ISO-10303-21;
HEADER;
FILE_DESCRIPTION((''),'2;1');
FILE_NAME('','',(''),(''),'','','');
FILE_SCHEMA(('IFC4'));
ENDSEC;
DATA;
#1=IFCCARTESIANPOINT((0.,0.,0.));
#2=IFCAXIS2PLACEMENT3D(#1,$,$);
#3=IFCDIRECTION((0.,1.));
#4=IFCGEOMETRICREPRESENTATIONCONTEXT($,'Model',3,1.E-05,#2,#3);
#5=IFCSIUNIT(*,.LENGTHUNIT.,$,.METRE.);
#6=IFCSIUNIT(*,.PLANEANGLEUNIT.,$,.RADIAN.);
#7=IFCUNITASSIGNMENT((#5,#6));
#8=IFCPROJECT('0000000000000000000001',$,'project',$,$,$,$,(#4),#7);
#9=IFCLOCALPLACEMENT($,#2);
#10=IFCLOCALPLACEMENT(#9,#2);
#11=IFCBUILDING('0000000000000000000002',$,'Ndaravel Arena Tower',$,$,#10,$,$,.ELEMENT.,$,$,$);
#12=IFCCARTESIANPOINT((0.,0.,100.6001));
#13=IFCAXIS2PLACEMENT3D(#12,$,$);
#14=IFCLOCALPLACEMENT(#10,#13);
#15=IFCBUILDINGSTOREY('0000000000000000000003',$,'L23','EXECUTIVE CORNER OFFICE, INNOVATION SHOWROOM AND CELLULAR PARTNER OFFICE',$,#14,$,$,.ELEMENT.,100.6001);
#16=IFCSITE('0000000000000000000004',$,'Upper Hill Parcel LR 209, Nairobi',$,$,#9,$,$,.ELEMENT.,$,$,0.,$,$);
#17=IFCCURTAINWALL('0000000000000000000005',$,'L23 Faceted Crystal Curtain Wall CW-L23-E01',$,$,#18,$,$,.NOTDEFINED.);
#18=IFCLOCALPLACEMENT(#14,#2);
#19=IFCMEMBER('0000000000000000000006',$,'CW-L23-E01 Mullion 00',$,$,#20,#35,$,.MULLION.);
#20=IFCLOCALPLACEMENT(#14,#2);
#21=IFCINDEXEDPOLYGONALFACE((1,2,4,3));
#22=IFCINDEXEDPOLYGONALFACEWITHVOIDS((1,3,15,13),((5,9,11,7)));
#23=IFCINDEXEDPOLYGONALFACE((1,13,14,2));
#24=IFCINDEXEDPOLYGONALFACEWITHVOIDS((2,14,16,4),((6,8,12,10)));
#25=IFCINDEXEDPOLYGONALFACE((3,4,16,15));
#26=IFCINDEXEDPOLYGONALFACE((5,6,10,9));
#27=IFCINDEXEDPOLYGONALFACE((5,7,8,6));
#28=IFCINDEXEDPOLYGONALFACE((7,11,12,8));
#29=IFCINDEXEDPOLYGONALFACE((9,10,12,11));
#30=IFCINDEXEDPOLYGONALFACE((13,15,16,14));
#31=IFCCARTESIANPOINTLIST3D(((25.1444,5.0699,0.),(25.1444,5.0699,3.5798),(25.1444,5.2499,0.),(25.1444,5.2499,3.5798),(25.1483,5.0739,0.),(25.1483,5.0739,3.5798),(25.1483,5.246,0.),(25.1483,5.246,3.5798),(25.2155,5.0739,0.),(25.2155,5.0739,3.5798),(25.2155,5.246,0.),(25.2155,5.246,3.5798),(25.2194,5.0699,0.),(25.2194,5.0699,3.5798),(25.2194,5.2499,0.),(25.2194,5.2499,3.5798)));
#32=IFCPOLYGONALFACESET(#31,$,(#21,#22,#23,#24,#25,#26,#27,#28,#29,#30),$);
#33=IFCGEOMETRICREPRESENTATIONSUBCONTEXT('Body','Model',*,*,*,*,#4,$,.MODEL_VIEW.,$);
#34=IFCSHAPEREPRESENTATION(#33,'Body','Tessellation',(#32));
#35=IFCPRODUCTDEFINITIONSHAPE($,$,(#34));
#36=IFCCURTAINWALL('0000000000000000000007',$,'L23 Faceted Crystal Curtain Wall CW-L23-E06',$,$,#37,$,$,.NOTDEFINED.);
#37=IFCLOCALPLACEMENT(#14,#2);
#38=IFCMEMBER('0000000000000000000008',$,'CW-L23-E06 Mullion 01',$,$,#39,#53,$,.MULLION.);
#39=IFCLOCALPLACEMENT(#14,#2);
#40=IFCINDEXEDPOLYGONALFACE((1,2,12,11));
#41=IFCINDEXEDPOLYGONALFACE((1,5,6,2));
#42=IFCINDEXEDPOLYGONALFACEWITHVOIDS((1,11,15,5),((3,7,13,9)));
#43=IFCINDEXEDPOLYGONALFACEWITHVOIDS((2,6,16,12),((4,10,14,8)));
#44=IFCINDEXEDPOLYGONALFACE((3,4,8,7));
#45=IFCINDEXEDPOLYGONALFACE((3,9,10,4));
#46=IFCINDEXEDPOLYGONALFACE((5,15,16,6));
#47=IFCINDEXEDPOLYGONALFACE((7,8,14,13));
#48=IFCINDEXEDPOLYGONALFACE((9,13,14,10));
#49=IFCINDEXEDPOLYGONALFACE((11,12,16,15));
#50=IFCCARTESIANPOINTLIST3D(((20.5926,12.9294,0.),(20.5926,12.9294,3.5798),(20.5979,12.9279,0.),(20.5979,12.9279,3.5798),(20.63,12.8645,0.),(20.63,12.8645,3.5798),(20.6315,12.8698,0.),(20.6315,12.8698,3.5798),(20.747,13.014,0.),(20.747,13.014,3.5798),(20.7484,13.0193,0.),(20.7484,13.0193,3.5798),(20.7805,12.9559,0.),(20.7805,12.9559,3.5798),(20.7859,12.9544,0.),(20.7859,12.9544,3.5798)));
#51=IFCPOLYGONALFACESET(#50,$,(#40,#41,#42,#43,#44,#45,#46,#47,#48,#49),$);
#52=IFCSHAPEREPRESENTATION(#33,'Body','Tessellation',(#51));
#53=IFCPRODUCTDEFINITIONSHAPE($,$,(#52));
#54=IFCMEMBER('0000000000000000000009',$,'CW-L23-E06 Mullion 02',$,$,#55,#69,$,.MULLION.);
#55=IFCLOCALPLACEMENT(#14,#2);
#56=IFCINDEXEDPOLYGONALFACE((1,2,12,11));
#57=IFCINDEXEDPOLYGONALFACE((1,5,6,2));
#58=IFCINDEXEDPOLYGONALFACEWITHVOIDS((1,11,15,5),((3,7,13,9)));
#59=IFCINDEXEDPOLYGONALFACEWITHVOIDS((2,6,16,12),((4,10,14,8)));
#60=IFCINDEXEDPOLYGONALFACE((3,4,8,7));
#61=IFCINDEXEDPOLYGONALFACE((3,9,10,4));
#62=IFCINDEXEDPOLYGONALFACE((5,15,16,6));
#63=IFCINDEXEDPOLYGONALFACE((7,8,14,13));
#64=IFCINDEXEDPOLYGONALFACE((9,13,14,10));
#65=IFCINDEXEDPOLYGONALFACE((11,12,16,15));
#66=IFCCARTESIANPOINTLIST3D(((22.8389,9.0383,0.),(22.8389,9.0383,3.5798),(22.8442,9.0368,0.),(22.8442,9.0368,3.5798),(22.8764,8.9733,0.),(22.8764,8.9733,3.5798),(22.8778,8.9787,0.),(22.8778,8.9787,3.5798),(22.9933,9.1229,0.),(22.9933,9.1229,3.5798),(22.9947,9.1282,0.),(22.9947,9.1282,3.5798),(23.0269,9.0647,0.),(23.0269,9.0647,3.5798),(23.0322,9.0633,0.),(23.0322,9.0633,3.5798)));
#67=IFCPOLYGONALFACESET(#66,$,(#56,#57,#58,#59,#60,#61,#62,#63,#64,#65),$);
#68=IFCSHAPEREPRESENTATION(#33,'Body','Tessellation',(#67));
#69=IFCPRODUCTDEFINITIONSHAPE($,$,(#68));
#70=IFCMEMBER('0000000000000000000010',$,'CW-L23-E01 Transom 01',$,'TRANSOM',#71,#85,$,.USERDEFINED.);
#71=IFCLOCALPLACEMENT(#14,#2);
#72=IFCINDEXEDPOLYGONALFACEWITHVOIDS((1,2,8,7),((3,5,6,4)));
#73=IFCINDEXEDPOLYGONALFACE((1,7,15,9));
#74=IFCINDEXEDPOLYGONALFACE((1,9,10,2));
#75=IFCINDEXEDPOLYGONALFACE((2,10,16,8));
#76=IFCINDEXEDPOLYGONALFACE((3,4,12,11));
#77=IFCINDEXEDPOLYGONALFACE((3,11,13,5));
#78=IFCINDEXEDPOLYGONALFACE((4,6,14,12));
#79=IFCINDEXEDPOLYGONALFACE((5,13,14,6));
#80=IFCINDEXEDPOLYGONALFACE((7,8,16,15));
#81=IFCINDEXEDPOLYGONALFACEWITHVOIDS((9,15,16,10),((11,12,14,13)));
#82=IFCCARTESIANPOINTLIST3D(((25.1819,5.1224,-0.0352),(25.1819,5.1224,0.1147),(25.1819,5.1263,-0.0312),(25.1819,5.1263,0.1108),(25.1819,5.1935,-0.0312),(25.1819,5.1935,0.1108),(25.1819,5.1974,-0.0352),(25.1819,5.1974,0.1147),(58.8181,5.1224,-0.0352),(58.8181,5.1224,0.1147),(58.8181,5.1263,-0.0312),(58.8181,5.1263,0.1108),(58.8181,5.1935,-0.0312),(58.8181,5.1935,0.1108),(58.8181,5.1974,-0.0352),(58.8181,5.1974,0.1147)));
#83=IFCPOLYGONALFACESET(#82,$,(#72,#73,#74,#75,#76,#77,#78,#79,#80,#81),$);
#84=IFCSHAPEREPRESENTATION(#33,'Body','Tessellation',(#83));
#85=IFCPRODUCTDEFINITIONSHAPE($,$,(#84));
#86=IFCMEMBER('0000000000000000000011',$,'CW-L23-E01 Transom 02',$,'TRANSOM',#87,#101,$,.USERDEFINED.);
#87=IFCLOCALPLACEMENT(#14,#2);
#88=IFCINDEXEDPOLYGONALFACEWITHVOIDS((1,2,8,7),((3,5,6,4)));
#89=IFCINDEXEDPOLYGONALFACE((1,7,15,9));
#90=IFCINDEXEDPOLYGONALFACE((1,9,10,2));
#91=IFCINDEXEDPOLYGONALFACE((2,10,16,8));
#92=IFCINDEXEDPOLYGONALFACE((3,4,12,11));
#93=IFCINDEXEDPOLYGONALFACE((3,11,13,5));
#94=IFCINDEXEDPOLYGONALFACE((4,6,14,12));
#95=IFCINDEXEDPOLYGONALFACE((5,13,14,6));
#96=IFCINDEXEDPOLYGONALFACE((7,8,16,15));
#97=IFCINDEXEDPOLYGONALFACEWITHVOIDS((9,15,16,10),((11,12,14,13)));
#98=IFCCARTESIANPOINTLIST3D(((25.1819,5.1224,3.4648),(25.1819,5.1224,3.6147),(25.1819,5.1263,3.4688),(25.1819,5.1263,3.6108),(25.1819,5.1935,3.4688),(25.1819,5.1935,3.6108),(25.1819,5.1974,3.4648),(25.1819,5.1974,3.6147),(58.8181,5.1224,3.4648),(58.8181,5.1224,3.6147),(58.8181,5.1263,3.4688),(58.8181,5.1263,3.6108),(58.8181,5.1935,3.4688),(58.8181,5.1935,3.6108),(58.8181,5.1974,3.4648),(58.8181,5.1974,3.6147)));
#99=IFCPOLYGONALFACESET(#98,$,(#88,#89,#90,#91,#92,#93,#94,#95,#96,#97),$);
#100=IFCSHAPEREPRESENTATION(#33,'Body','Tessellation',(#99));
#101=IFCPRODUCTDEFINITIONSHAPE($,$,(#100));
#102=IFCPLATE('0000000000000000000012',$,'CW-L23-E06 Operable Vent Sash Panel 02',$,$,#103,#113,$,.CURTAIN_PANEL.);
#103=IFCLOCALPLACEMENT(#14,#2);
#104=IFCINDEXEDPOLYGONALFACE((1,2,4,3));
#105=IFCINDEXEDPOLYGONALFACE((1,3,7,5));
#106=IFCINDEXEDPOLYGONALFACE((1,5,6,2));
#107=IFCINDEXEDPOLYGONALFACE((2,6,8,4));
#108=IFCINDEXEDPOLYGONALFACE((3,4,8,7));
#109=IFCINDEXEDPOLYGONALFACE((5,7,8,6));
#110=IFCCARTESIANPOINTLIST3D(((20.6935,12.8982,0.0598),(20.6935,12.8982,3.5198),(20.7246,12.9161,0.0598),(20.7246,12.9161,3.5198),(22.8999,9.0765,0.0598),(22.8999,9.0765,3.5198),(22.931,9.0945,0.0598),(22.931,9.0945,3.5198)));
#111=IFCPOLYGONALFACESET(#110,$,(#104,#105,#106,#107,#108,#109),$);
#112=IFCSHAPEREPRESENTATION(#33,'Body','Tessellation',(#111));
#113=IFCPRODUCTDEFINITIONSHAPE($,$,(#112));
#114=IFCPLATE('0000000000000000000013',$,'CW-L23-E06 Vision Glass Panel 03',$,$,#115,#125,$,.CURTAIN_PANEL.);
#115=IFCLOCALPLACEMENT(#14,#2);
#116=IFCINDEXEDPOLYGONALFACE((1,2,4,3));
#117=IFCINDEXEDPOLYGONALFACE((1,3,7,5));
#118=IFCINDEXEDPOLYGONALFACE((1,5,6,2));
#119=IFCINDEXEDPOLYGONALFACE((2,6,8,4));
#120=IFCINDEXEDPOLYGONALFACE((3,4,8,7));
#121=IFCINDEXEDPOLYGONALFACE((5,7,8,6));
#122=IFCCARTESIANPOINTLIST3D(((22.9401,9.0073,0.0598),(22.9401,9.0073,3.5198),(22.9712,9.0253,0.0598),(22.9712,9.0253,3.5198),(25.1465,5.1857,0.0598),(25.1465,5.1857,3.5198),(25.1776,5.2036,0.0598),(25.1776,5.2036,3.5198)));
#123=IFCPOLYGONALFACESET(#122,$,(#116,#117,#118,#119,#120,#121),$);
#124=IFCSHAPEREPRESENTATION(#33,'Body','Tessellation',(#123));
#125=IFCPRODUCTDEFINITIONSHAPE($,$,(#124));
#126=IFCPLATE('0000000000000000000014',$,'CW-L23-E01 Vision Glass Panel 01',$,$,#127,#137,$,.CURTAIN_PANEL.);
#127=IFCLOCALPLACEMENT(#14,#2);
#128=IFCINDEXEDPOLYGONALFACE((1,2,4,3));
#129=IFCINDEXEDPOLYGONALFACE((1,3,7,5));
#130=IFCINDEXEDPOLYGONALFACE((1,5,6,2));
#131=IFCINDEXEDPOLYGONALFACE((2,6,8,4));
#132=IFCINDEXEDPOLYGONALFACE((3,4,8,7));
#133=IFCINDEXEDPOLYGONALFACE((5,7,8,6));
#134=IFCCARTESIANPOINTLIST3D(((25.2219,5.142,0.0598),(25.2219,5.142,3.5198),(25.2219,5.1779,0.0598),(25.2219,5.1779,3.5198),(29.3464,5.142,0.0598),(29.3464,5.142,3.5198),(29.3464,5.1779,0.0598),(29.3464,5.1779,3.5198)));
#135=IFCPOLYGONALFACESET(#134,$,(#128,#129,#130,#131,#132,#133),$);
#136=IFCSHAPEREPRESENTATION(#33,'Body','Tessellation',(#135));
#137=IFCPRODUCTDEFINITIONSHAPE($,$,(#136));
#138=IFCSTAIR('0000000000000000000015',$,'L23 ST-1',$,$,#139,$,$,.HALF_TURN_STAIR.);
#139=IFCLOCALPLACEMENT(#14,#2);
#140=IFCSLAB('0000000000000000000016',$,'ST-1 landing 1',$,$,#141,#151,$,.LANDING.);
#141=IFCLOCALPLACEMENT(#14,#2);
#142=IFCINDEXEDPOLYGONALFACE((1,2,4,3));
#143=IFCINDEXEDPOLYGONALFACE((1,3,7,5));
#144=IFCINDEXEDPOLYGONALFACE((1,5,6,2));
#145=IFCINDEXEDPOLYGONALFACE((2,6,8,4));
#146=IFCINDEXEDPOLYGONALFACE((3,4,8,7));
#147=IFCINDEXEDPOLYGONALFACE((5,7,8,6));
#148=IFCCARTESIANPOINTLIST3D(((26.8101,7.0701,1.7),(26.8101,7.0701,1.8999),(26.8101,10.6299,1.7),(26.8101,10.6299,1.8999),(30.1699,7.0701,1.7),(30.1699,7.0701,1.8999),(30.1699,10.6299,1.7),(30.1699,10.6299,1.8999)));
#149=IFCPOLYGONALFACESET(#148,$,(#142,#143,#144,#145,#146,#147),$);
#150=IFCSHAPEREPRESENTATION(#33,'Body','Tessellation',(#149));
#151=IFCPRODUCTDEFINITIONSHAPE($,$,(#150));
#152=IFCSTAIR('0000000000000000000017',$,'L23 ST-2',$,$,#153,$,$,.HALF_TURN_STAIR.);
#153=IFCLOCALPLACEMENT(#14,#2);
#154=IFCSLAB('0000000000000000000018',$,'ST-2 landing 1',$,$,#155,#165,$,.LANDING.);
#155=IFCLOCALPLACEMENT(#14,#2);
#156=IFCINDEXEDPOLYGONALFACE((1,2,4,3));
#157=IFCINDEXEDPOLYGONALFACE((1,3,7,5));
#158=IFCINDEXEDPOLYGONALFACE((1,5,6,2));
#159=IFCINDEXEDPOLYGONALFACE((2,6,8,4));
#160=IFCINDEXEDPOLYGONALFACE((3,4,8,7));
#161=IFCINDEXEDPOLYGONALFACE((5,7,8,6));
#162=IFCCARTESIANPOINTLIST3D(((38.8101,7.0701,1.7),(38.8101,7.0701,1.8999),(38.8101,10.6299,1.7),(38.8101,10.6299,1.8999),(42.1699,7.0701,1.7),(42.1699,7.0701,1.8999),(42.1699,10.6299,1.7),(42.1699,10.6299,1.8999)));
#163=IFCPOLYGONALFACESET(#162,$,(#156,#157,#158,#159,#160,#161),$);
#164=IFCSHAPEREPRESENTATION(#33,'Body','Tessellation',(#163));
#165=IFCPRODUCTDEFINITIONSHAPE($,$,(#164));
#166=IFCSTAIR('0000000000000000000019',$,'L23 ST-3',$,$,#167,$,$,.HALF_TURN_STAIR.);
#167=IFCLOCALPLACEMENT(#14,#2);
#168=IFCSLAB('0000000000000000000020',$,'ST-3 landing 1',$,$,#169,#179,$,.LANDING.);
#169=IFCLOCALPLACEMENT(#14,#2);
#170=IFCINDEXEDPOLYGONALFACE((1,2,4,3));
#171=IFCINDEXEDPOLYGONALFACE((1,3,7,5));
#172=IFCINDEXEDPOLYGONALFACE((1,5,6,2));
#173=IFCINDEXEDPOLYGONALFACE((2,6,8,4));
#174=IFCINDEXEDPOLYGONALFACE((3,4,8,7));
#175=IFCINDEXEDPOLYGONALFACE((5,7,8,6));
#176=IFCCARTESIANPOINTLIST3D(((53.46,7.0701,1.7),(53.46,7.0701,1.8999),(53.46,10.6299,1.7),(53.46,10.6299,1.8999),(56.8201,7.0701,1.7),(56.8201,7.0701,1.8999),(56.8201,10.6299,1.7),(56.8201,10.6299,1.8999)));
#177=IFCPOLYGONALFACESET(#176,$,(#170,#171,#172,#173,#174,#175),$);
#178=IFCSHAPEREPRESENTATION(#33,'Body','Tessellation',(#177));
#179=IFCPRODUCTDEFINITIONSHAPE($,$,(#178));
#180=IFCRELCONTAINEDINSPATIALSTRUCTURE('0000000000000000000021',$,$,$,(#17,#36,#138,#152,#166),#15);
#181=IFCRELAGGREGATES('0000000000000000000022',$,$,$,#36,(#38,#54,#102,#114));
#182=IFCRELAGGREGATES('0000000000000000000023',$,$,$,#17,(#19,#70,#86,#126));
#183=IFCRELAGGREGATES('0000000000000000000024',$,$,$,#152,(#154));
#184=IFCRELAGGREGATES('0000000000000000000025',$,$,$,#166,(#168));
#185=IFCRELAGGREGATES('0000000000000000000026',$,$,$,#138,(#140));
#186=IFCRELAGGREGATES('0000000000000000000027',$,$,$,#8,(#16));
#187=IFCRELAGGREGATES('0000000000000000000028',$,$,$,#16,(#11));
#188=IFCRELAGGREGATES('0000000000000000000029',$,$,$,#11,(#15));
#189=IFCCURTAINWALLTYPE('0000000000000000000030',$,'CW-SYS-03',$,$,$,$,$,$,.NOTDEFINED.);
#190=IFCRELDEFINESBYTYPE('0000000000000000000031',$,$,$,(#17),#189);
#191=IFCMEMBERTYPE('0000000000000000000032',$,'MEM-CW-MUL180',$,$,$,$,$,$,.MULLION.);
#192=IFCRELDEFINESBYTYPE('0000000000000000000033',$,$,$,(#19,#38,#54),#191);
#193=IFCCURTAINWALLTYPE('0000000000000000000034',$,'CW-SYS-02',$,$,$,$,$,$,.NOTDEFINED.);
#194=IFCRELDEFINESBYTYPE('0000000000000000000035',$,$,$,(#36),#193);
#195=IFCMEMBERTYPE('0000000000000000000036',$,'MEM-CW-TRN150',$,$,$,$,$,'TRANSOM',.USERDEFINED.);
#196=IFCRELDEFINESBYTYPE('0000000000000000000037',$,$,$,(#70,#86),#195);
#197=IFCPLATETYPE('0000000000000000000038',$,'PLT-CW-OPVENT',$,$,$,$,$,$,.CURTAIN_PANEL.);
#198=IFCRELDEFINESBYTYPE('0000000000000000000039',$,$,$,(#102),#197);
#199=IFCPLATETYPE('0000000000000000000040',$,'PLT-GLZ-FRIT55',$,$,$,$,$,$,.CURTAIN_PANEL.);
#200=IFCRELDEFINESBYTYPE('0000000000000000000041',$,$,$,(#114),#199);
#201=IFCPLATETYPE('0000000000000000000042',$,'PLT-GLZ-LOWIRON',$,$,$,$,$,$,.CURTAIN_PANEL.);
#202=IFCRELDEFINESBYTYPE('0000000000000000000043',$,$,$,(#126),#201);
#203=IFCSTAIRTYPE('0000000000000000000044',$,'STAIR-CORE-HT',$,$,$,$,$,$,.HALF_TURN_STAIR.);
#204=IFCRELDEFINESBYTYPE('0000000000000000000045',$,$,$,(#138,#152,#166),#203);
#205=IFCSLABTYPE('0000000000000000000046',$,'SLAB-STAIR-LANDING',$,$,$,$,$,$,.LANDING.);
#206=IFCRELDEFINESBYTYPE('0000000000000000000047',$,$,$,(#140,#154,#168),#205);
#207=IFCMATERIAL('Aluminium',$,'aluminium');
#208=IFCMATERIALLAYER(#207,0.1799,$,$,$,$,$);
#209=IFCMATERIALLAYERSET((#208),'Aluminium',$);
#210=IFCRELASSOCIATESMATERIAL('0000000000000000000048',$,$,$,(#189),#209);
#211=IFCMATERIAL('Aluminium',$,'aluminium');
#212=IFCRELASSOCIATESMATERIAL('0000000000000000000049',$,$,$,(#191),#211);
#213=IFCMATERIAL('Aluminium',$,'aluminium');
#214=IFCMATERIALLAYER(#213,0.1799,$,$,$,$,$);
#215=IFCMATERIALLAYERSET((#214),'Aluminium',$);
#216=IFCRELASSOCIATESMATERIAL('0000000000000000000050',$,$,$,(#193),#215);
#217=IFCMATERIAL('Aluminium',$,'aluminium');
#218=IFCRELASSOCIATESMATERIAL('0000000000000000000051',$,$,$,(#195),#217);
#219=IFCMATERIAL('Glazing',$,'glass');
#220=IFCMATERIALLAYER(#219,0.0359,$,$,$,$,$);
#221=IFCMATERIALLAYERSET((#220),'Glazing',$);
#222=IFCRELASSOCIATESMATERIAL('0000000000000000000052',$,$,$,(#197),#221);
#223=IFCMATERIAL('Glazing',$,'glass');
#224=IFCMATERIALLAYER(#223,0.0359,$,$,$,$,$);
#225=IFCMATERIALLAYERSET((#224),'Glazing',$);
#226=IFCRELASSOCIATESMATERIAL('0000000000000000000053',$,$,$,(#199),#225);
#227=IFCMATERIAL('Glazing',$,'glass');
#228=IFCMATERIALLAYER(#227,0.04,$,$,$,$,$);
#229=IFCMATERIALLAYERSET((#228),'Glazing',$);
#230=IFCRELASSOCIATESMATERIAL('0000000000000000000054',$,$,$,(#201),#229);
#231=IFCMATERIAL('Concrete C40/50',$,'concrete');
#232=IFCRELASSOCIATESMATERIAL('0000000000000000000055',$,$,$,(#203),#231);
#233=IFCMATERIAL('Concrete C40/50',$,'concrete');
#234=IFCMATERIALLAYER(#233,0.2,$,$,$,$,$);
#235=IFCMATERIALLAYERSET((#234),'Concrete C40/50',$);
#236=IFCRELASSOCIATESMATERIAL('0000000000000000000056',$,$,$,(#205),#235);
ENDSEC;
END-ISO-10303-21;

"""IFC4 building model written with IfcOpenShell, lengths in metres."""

from ifc_helpers import new_model, si_unit, direction, frame, origin, origin_2d, place, context, subcontext, project, spatial, polyline, rectangle, hollow_rectangle, outline, extrude, material, layer, layer_set, material_profile, profile_set, type_object, element, aggregate, save


model = new_model("IFC4")

# Units and contexts
model_context = context("Model", 3, precision=1e-05, world=origin(), true_north=direction((0.0, 1.0)))
body_context = subcontext(model_context, "Body", "Model", "MODEL_VIEW")
ifc_project = project(units=[si_unit("LENGTHUNIT", "METRE"), si_unit("PLANEANGLEUNIT", "RADIAN")], contexts=[model_context])

# Site, building, storey
site_placement = place(None, origin())
site = spatial("IfcSite", under=ifc_project, at=site_placement, Name="Upper Hill Parcel LR 209, Nairobi", CompositionType="ELEMENT", RefElevation=0.0)
building_placement = place(site_placement, origin())
building = spatial("IfcBuilding", under=site, at=building_placement, Name="Ndaravel Arena Tower", CompositionType="ELEMENT")
storey_placement = place(building_placement, frame((0.0, 0.0, 100.6001)))
storey = spatial("IfcBuildingStorey", under=building, at=storey_placement, Name="L23", Description="EXECUTIVE CORNER OFFICE, INNOVATION SHOWROOM AND CELLULAR PARTNER OFFICE", CompositionType="ELEMENT", Elevation=100.6001)

# Curtain wall, member
ifc_material_1 = material(Name="Aluminium", Category="aluminium")
ifc_layer_1 = layer(ifc_material_1, 0.1799)
ifc_layer_set_1 = layer_set([ifc_layer_1], Name="Aluminium")
curtain_wall_type_1 = type_object("IfcCurtainWallType", Name="CW-SYS-03", PredefinedType="NOTDEFINED", material=ifc_layer_set_1)
curtain_wall_1_placement = place(storey_placement, origin())
curtain_wall_1 = element("IfcCurtainWall", 1, at=curtain_wall_1_placement, inside=storey, type_object=curtain_wall_type_1, Name="L23 Faceted Crystal Curtain Wall CW-L23-E01", PredefinedType="NOTDEFINED")
ifc_material_2 = material(Name="Aluminium", Category="aluminium")
ifc_material_profile_1 = material_profile(ifc_material_2, hollow_rectangle(XDim=0.075, YDim=0.1799, WallThickness=0.0039, at=origin_2d()), Name="CW MULLION 75x180x4")
ifc_profile_set_1 = profile_set([ifc_material_profile_1], Name="Aluminium")
member_type_1 = type_object("IfcMemberType", Name="MEM-CW-MUL180", PredefinedType="MULLION", material=ifc_profile_set_1)
member_1_placement = place(storey_placement, frame((25.1819, 5.1599, 0.0), z_axis=(0.0, 0.0, 1.0), x_axis=(1.0, 0.0, 0.0)))
member_1 = element("IfcMember", 2, at=member_1_placement, type_object=member_type_1, Name="CW-L23-E01 Mullion 00", PredefinedType="MULLION", context=body_context, shape_type="SweptSolid", body=[
    extrude(hollow_rectangle(XDim=0.075, YDim=0.1799, WallThickness=0.0039, at=origin_2d()), origin(), (0.0, 0.0, 1.0), 3.5798),
])

# Curtain wall, members
ifc_material_3 = material(Name="Aluminium", Category="aluminium")
ifc_layer_2 = layer(ifc_material_3, 0.1799)
ifc_layer_set_2 = layer_set([ifc_layer_2], Name="Aluminium")
curtain_wall_type_2 = type_object("IfcCurtainWallType", Name="CW-SYS-02", PredefinedType="NOTDEFINED", material=ifc_layer_set_2)
curtain_wall_2_placement = place(storey_placement, origin())
curtain_wall_2 = element("IfcCurtainWall", 3, at=curtain_wall_2_placement, inside=storey, type_object=curtain_wall_type_2, Name="L23 Faceted Crystal Curtain Wall CW-L23-E06", PredefinedType="NOTDEFINED")
member_2_placement = place(storey_placement, frame((20.6892, 12.9419, 0.0), z_axis=(0.0, 0.0, 1.0), x_axis=(0.5, -0.866025, 0.0)))
member_2 = element("IfcMember", 4, at=member_2_placement, type_object=member_type_1, Name="CW-L23-E06 Mullion 01", PredefinedType="MULLION", context=body_context, shape_type="SweptSolid", body=[
    extrude(hollow_rectangle(XDim=0.075, YDim=0.1799, WallThickness=0.0039, at=origin_2d()), origin(), (0.0, 0.0, 1.0), 3.5798),
])
member_3_placement = place(storey_placement, frame((22.9355, 9.0508, 0.0), z_axis=(0.0, 0.0, 1.0), x_axis=(0.5, -0.866025, 0.0)))
member_3 = element("IfcMember", 5, at=member_3_placement, type_object=member_type_1, Name="CW-L23-E06 Mullion 02", PredefinedType="MULLION", context=body_context, shape_type="SweptSolid", body=[
    extrude(hollow_rectangle(XDim=0.075, YDim=0.1799, WallThickness=0.0039, at=origin_2d()), origin(), (0.0, 0.0, 1.0), 3.5798),
])

# Members
ifc_material_4 = material(Name="Aluminium", Category="aluminium")
ifc_material_profile_2 = material_profile(ifc_material_4, hollow_rectangle(XDim=0.075, YDim=0.1499, WallThickness=0.0039, at=origin_2d()), Name="CW TRANSOM 75x150x4")
ifc_profile_set_2 = profile_set([ifc_material_profile_2], Name="Aluminium")
member_type_2 = type_object("IfcMemberType", Name="MEM-CW-TRN150", ElementType="TRANSOM", PredefinedType="USERDEFINED", material=ifc_profile_set_2)
member_4_placement = place(storey_placement, frame((25.1819, 5.1599, 0.0398), z_axis=(1.0, 0.0, 0.0), x_axis=(0.0, 1.0, 0.0)))
member_4 = element("IfcMember", 6, at=member_4_placement, type_object=member_type_2, Name="CW-L23-E01 Transom 01", ObjectType="TRANSOM", PredefinedType="USERDEFINED", context=body_context, shape_type="SweptSolid", body=[
    extrude(hollow_rectangle(XDim=0.075, YDim=0.1499, WallThickness=0.0039, at=origin_2d()), origin(), (0.0, 0.0, 1.0), 33.6362),
])
member_5_placement = place(storey_placement, frame((25.1819, 5.1599, 3.5398), z_axis=(1.0, 0.0, 0.0), x_axis=(0.0, 1.0, 0.0)))
member_5 = element("IfcMember", 7, at=member_5_placement, type_object=member_type_2, Name="CW-L23-E01 Transom 02", ObjectType="TRANSOM", PredefinedType="USERDEFINED", context=body_context, shape_type="SweptSolid", body=[
    extrude(hollow_rectangle(XDim=0.075, YDim=0.1499, WallThickness=0.0039, at=origin_2d()), origin(), (0.0, 0.0, 1.0), 33.6362),
])

# Plates
ifc_material_5 = material(Name="Glazing", Category="glass")
ifc_layer_3 = layer(ifc_material_5, 0.0359)
ifc_layer_set_3 = layer_set([ifc_layer_3], Name="Glazing")
plate_type_1 = type_object("IfcPlateType", Name="PLT-CW-OPVENT", PredefinedType="CURTAIN_PANEL", material=ifc_layer_set_3)
plate_1_placement = place(storey_placement, frame((21.8123, 10.9963, 0.0598), z_axis=(0.0, 0.0, 1.0), x_axis=(0.5, -0.866025, 0.0)))
plate_1 = element("IfcPlate", 8, at=plate_1_placement, type_object=plate_type_1, Name="CW-L23-E06 Operable Vent Sash Panel 02", PredefinedType="CURTAIN_PANEL", context=body_context, shape_type="SweptSolid", body=[
    extrude(rectangle(XDim=4.4128, YDim=0.0359, at=origin_2d()), origin(), (0.0, 0.0, 1.0), 3.46),
])
ifc_material_6 = material(Name="Glazing", Category="glass")
ifc_layer_4 = layer(ifc_material_6, 0.0359)
ifc_layer_set_4 = layer_set([ifc_layer_4], Name="Glazing")
plate_type_2 = type_object("IfcPlateType", Name="PLT-GLZ-FRIT55", PredefinedType="CURTAIN_PANEL", material=ifc_layer_set_4)
plate_2_placement = place(storey_placement, frame((24.0588, 7.1055, 0.0598), z_axis=(0.0, 0.0, 1.0), x_axis=(0.5, -0.866025, 0.0)))
plate_2 = element("IfcPlate", 9, at=plate_2_placement, type_object=plate_type_2, Name="CW-L23-E06 Vision Glass Panel 03", PredefinedType="CURTAIN_PANEL", context=body_context, shape_type="SweptSolid", body=[
    extrude(rectangle(XDim=4.4128, YDim=0.0359, at=origin_2d()), origin(), (0.0, 0.0, 1.0), 3.46),
])
aggregate(curtain_wall_2, [member_2, member_3, plate_1, plate_2])
ifc_material_7 = material(Name="Glazing", Category="glass")
ifc_layer_5 = layer(ifc_material_7, 0.04)
ifc_layer_set_5 = layer_set([ifc_layer_5], Name="Glazing")
plate_type_3 = type_object("IfcPlateType", Name="PLT-GLZ-LOWIRON", PredefinedType="CURTAIN_PANEL", material=ifc_layer_set_5)
plate_3_placement = place(storey_placement, frame((27.2842, 5.1599, 0.0598), z_axis=(0.0, 0.0, 1.0), x_axis=(1.0, 0.0, 0.0)))
plate_3 = element("IfcPlate", 10, at=plate_3_placement, type_object=plate_type_3, Name="CW-L23-E01 Vision Glass Panel 01", PredefinedType="CURTAIN_PANEL", context=body_context, shape_type="SweptSolid", body=[
    extrude(rectangle(XDim=4.1245, YDim=0.0359, at=origin_2d()), origin(), (0.0, 0.0, 1.0), 3.46),
])
aggregate(curtain_wall_1, [member_1, member_4, member_5, plate_3])

# Stairs, slabs
ifc_material_8 = material(Name="Concrete C40/50", Category="concrete")
stair_type = type_object("IfcStairType", Name="STAIR-CORE-HT", PredefinedType="HALF_TURN_STAIR", material=ifc_material_8)
stair_1_placement = place(storey_placement, origin())
stair_1 = element("IfcStair", 11, at=stair_1_placement, inside=storey, type_object=stair_type, Name="L23 ST-1", PredefinedType="HALF_TURN_STAIR")
ifc_material_9 = material(Name="Concrete C40/50", Category="concrete")
ifc_layer_6 = layer(ifc_material_9, 0.2)
ifc_layer_set_6 = layer_set([ifc_layer_6], Name="Concrete C40/50")
slab_type_1 = type_object("IfcSlabType", Name="SLAB-STAIR-LANDING", PredefinedType="LANDING", material=ifc_layer_set_6)
slab_1_placement = place(storey_placement, frame((0.0, 0.0, 1.7)))
slab_1 = element("IfcSlab", 12, at=slab_1_placement, type_object=slab_type_1, Name="ST-1 landing 1", PredefinedType="LANDING", context=body_context, shape_type="SweptSolid", body=[
    extrude(outline(polyline([(26.8101, 10.6299), (26.8101, 7.0701), (30.1699, 7.0701), (30.1699, 10.6299), (26.8101, 10.6299)])), origin(), (0.0, 0.0, 1.0), 0.2),
])
stair_2_placement = place(storey_placement, origin())
stair_2 = element("IfcStair", 13, at=stair_2_placement, inside=storey, type_object=stair_type, Name="L23 ST-2", PredefinedType="HALF_TURN_STAIR")
slab_2_placement = place(storey_placement, frame((0.0, 0.0, 1.7)))
slab_2 = element("IfcSlab", 14, at=slab_2_placement, type_object=slab_type_1, Name="ST-2 landing 1", PredefinedType="LANDING", context=body_context, shape_type="SweptSolid", body=[
    extrude(outline(polyline([(38.8101, 10.6299), (38.8101, 7.0701), (42.1699, 7.0701), (42.1699, 10.6299), (38.8101, 10.6299)])), origin(), (0.0, 0.0, 1.0), 0.2),
])
aggregate(stair_2, [slab_2])
stair_3_placement = place(storey_placement, origin())
stair_3 = element("IfcStair", 15, at=stair_3_placement, inside=storey, type_object=stair_type, Name="L23 ST-3", PredefinedType="HALF_TURN_STAIR")
slab_3_placement = place(storey_placement, frame((0.0, 0.0, 1.7)))
slab_3 = element("IfcSlab", 16, at=slab_3_placement, type_object=slab_type_1, Name="ST-3 landing 1", PredefinedType="LANDING", context=body_context, shape_type="SweptSolid", body=[
    extrude(outline(polyline([(53.46, 10.6299), (53.46, 7.0701), (56.8201, 7.0701), (56.8201, 10.6299), (53.46, 10.6299)])), origin(), (0.0, 0.0, 1.0), 0.2),
])
aggregate(stair_3, [slab_3])

aggregate(stair_1, [slab_1])

save(model, "model.ifc")
